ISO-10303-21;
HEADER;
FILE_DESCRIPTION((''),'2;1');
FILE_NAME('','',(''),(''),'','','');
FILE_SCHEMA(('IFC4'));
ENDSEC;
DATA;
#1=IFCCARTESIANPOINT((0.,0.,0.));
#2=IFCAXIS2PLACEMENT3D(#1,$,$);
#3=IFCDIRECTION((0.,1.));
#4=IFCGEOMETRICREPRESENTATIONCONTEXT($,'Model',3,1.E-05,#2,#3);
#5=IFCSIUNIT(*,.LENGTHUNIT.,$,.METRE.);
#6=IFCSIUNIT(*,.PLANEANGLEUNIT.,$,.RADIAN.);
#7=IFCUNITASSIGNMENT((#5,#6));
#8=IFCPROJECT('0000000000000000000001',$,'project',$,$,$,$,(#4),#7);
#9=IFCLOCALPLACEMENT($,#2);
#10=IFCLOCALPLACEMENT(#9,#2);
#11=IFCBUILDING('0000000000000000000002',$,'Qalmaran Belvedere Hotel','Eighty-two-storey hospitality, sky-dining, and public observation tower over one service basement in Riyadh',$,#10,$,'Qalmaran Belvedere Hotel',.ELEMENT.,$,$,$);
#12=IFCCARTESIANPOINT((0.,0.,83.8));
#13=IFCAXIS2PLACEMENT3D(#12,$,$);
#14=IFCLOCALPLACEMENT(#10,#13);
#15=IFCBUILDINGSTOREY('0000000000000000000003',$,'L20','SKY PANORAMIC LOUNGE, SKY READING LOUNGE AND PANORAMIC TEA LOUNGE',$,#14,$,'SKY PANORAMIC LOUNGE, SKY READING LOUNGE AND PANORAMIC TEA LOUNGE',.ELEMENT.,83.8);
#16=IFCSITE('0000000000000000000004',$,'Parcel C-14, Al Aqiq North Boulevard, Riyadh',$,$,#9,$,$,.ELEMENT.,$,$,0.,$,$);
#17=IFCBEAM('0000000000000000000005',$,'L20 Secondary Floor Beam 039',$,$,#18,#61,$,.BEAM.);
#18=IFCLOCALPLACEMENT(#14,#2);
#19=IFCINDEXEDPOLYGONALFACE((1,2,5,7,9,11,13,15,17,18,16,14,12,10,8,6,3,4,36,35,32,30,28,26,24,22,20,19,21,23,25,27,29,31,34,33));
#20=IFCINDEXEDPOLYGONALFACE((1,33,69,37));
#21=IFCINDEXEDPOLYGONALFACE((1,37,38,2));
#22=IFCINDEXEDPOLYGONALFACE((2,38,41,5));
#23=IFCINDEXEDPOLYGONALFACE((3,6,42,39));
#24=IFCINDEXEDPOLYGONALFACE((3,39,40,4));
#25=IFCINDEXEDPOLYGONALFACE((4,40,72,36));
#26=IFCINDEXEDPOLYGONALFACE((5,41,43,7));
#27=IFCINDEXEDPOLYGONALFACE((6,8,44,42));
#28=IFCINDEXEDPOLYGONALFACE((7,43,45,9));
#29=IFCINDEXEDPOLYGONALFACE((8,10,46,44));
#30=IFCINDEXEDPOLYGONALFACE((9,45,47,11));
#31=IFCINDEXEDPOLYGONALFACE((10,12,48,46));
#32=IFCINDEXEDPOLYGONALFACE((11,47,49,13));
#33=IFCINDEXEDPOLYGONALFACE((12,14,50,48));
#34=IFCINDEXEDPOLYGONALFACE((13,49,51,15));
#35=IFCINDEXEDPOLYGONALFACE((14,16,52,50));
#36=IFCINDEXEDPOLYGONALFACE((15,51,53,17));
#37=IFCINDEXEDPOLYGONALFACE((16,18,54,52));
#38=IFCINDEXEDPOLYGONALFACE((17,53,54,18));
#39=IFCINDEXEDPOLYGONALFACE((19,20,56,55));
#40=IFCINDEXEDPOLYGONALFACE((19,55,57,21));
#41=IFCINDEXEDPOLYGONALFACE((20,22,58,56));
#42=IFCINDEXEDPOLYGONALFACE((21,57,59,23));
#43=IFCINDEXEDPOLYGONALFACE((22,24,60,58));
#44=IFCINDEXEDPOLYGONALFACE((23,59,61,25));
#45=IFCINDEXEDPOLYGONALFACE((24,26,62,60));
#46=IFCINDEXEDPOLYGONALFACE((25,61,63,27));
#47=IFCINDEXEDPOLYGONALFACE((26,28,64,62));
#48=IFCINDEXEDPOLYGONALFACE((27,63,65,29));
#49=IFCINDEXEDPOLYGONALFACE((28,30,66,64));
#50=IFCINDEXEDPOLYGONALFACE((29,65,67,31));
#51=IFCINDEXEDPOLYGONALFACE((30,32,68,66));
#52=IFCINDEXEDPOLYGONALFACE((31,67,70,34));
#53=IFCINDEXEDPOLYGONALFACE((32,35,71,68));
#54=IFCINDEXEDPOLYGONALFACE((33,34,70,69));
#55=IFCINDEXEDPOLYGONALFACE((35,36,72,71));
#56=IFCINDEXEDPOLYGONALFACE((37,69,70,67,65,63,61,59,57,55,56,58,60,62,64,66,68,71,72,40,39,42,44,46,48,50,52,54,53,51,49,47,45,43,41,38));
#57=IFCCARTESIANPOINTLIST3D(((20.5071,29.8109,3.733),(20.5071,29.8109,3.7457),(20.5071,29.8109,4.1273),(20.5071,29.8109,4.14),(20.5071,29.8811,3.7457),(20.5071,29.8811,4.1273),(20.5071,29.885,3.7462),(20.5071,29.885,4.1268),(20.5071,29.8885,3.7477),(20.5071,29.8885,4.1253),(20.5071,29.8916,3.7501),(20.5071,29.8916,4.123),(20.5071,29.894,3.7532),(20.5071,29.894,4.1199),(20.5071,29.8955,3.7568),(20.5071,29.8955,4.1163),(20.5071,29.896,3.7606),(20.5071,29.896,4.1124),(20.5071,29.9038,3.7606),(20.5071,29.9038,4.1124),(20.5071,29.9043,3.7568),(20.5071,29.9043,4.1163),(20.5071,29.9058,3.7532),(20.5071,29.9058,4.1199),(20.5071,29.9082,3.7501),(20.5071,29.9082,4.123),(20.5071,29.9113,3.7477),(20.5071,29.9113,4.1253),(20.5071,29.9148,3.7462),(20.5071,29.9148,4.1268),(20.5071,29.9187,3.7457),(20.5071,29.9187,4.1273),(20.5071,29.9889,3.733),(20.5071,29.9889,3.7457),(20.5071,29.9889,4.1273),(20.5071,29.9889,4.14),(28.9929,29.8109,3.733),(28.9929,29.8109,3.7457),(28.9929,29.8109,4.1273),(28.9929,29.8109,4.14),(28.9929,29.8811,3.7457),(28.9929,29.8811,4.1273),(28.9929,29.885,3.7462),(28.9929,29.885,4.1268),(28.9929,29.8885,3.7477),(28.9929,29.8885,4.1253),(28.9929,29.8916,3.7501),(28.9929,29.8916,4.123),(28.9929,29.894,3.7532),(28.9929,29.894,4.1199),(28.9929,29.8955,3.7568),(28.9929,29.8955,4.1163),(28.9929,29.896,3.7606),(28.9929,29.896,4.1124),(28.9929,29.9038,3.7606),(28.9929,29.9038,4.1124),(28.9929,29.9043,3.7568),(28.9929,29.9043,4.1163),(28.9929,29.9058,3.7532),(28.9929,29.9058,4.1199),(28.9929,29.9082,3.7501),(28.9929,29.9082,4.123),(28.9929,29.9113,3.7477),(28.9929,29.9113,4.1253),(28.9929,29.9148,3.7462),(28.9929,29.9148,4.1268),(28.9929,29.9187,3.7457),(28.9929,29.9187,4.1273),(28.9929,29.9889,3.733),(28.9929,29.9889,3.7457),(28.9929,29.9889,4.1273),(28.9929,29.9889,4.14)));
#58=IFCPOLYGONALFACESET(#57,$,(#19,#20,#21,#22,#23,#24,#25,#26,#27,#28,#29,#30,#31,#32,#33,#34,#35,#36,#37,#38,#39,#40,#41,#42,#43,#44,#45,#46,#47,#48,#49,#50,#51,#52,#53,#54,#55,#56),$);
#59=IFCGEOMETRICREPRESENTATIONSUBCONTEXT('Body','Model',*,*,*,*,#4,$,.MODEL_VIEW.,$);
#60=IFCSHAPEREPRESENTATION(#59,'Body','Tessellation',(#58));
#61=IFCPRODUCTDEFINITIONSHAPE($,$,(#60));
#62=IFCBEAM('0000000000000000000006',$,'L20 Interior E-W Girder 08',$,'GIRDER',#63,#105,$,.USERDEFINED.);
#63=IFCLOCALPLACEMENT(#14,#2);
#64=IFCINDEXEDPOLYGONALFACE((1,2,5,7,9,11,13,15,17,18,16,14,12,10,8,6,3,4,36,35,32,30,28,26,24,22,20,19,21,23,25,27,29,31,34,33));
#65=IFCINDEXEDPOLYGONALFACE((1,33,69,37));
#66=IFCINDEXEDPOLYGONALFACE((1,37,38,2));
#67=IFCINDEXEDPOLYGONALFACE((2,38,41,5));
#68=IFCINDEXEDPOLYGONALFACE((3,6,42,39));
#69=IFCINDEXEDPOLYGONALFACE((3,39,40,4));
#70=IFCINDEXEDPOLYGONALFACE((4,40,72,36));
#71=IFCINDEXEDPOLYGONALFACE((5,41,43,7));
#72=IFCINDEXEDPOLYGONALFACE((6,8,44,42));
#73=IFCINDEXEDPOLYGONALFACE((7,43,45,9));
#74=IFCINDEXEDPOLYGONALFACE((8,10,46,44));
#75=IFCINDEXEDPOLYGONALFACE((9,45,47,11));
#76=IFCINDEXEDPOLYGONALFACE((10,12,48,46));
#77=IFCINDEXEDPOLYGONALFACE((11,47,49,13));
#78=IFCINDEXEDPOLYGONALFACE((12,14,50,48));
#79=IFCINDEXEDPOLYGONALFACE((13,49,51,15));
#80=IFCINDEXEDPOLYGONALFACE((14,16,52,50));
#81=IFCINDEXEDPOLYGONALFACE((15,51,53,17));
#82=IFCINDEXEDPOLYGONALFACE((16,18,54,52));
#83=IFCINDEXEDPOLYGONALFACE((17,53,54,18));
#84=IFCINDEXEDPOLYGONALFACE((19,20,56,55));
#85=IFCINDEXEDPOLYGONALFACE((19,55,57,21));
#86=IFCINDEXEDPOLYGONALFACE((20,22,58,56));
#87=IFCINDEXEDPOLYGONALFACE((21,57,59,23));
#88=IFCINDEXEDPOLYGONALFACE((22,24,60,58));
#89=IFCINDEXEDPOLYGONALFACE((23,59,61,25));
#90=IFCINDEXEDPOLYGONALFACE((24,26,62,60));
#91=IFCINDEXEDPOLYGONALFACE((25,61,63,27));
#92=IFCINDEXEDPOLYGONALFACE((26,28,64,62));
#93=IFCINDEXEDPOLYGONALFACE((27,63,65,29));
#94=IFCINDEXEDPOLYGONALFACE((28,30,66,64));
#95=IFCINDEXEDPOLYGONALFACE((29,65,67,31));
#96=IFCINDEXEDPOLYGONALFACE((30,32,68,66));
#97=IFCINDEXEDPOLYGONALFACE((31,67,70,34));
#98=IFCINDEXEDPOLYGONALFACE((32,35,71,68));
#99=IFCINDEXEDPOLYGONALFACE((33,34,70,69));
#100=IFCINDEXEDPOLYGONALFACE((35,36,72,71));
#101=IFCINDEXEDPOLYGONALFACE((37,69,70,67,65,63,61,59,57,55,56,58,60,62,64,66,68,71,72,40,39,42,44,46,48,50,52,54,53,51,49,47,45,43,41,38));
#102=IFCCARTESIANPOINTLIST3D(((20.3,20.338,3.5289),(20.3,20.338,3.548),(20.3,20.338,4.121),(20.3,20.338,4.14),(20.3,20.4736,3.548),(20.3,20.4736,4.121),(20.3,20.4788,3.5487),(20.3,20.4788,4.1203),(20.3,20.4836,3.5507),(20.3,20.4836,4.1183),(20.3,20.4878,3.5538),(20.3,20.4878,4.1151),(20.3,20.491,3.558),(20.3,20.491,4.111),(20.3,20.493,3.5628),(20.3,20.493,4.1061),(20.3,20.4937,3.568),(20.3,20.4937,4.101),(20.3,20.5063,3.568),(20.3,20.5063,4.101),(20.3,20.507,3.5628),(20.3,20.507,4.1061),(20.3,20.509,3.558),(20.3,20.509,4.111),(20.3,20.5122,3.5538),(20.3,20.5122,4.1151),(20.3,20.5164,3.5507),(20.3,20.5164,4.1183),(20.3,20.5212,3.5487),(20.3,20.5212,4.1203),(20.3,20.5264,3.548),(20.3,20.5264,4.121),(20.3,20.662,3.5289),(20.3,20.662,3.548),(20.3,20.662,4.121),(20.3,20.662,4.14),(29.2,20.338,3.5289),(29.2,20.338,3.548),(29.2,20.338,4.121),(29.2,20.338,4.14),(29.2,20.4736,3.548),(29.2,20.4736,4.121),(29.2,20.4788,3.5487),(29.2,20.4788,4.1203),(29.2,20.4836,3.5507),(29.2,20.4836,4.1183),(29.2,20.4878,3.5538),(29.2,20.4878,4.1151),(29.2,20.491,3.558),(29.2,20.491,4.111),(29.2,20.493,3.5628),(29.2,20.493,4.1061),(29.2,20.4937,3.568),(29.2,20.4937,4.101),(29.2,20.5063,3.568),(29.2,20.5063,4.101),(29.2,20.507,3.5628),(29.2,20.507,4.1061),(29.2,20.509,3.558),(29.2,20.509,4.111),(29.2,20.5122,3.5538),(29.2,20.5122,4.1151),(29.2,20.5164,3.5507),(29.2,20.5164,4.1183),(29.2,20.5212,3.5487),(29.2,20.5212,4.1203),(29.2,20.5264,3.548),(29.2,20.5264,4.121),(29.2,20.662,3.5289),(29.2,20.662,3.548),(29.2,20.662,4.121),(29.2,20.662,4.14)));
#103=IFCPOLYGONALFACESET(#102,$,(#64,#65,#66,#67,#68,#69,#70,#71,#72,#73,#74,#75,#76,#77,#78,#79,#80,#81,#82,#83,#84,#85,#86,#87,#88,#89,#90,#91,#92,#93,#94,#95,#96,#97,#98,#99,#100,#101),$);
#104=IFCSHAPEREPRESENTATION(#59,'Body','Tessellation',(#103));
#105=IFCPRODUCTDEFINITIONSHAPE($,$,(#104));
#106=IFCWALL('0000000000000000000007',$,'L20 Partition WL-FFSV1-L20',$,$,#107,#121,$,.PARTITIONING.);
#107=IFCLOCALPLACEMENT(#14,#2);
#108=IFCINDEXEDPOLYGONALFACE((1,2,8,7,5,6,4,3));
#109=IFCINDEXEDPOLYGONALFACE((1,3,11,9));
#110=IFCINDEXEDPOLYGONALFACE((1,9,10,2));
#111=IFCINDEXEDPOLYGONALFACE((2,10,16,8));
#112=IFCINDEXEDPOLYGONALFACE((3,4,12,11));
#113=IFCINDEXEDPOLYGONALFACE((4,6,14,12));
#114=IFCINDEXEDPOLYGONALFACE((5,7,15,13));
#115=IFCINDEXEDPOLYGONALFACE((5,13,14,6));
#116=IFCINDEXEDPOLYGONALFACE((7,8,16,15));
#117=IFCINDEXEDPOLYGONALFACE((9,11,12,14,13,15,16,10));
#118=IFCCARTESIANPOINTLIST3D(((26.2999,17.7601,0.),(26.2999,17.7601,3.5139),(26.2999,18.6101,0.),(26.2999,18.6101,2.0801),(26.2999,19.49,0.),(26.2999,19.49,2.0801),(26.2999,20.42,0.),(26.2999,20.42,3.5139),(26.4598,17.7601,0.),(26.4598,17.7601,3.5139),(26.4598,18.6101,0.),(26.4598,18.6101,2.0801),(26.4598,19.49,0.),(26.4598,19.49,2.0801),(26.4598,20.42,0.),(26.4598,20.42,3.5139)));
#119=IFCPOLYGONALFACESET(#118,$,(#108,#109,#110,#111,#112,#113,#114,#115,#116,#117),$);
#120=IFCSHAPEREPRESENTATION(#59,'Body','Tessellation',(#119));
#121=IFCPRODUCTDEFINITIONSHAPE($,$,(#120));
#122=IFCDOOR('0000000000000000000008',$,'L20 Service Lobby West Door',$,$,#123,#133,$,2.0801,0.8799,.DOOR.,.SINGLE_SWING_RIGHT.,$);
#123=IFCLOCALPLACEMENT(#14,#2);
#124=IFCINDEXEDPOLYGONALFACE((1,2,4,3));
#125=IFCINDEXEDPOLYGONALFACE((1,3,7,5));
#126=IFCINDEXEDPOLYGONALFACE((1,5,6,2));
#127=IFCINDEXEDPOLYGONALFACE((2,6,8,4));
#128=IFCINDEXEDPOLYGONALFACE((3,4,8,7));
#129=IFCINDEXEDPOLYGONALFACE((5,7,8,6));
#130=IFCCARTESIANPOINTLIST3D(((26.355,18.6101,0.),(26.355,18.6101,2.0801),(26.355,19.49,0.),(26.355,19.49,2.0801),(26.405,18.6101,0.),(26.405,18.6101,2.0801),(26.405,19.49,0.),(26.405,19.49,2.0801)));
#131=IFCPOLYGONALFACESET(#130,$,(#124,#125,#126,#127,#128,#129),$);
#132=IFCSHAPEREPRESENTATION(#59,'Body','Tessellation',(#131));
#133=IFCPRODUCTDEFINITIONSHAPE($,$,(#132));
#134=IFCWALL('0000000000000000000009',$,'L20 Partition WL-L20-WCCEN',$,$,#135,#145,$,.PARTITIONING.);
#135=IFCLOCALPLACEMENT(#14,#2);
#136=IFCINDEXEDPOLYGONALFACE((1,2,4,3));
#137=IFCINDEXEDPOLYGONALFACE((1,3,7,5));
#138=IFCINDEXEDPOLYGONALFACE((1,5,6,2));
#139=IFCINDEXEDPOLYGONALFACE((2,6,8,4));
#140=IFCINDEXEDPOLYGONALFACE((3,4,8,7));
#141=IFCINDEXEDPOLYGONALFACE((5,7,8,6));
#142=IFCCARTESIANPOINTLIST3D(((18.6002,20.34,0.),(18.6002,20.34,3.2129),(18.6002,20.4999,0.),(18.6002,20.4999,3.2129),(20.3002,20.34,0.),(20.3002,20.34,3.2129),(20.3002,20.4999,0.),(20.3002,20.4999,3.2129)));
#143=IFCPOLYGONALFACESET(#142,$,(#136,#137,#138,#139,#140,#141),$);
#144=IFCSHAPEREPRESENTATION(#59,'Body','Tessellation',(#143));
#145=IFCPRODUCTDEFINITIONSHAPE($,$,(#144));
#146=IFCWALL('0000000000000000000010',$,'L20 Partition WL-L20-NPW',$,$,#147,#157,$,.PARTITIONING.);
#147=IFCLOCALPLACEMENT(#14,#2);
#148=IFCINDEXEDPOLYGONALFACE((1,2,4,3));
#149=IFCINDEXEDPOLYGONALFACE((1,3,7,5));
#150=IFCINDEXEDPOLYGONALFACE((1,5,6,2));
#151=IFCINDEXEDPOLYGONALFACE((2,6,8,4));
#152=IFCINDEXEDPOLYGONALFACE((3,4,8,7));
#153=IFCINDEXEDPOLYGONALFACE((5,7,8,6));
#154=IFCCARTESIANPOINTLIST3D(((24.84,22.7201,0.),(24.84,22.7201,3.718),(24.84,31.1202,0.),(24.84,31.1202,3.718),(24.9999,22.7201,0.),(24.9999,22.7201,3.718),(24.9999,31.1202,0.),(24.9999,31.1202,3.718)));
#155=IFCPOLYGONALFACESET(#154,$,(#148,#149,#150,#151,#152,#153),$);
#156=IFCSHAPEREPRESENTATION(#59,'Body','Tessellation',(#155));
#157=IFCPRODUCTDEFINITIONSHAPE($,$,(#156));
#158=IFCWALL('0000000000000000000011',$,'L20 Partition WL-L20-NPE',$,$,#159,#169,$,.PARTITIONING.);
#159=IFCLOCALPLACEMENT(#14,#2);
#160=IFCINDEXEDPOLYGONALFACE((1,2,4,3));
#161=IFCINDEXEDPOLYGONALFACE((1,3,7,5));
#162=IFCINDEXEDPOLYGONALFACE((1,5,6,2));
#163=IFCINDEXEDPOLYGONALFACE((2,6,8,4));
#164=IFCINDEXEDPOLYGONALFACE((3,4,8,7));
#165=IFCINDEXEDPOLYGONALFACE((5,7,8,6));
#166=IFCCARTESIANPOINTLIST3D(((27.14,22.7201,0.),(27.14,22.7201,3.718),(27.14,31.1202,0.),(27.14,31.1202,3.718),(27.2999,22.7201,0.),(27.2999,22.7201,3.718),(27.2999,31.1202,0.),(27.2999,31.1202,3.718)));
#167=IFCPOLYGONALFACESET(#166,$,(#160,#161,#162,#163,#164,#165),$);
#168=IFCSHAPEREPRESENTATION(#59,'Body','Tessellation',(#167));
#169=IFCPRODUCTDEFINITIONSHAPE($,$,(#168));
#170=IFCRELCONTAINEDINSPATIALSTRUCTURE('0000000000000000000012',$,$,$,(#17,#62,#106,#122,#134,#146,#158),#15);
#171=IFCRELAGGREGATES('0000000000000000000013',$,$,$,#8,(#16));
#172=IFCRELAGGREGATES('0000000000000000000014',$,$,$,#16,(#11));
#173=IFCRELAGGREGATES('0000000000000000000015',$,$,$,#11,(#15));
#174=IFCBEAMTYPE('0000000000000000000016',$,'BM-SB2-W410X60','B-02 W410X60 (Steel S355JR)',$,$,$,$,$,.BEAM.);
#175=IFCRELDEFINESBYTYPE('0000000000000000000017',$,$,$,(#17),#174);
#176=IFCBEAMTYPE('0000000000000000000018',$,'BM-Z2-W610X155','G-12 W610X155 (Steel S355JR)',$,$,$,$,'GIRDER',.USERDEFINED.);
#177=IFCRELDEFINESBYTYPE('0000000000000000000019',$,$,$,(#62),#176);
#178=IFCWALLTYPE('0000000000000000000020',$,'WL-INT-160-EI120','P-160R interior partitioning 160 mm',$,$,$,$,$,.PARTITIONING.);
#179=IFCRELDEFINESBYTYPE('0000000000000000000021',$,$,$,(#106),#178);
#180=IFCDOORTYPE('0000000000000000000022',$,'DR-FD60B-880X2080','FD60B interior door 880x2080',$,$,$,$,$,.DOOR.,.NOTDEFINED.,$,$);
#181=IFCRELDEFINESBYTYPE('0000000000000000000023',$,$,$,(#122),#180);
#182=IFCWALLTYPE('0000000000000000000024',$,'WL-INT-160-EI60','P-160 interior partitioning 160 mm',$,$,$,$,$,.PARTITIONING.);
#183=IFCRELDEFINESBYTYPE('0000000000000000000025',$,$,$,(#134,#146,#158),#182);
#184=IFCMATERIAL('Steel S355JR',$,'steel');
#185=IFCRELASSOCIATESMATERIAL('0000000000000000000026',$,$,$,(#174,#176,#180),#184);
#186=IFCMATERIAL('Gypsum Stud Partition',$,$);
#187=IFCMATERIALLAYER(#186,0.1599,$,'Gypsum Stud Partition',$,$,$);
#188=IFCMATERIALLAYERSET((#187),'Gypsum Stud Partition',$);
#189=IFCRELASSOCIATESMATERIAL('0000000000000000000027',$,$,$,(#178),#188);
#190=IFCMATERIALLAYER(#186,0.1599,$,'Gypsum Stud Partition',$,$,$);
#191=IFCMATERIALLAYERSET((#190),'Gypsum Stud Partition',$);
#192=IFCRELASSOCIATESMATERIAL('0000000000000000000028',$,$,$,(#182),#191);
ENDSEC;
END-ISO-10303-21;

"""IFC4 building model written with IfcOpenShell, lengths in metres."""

from ifc_helpers import new_model, si_unit, direction, frame, frame_2d, origin, origin_2d, place, context, subcontext, project, spatial, rectangle, i_section, extrude, material, layer, layer_set, material_profile, profile_set, type_object, element, fill, save


model = new_model("IFC4")

# Units and contexts
model_context = context("Model", 3, precision=1e-05, world=origin(), true_north=direction((0.0, 1.0)))
body_context = subcontext(model_context, "Body", "Model", "MODEL_VIEW")
ifc_project = project(units=[si_unit("LENGTHUNIT", "METRE"), si_unit("PLANEANGLEUNIT", "RADIAN")], contexts=[model_context])

# Site, building, storey
site_placement = place(None, origin())
site = spatial("IfcSite", under=ifc_project, at=site_placement, Name="Parcel C-14, Al Aqiq North Boulevard, Riyadh", CompositionType="ELEMENT", RefElevation=0.0)
building_placement = place(site_placement, origin())
building = spatial("IfcBuilding", under=site, at=building_placement, Name="Qalmaran Belvedere Hotel", Description="Eighty-two-storey hospitality, sky-dining, and public observation tower over one service basement in Riyadh", LongName="Qalmaran Belvedere Hotel", CompositionType="ELEMENT")
storey_placement = place(building_placement, frame((0.0, 0.0, 83.8)))
storey = spatial("IfcBuildingStorey", under=building, at=storey_placement, Name="L20", Description="SKY PANORAMIC LOUNGE, SKY READING LOUNGE AND PANORAMIC TEA LOUNGE", LongName="SKY PANORAMIC LOUNGE, SKY READING LOUNGE AND PANORAMIC TEA LOUNGE", CompositionType="ELEMENT", Elevation=83.8)

# Beams
ifc_material_1 = material(Name="Steel S355JR", Category="steel")
ifc_material_profile_1 = material_profile(ifc_material_1, i_section(OverallWidth=0.178, OverallDepth=0.407, WebThickness=0.0078, FlangeThickness=0.0127, FilletRadius=0.0149, at=origin_2d()), Name="W410X60")
ifc_profile_set_1 = profile_set([ifc_material_profile_1], Name="Steel S355JR")
beam_type_1 = type_object("IfcBeamType", Name="BM-SB2-W410X60", Description="B-02 W410X60 (Steel S355JR)", PredefinedType="BEAM", material=ifc_profile_set_1)
for number, where, z_axis, x_axis, name in (
    (1, (20.5071, 29.8999, 3.9365), (1.0, 0.0, 0.0), (0.0, 1.0, 0.0), "L20 Secondary Floor Beam 039"),
):
    element("IfcBeam", number, at=place(storey_placement, frame(where, z_axis=z_axis, x_axis=x_axis)), inside=storey, type_object=beam_type_1, Name=name, PredefinedType="BEAM", context=body_context, shape_type="SweptSolid", body=[
        extrude(i_section(OverallWidth=0.178, OverallDepth=0.407, WebThickness=0.0078, FlangeThickness=0.0127, FilletRadius=0.0149, at=origin_2d()), origin(), (0.0, 0.0, 1.0), 8.4858),
    ])
ifc_material_profile_2 = material_profile(ifc_material_1, i_section(OverallWidth=0.324, OverallDepth=0.6111, WebThickness=0.0127, FlangeThickness=0.019, FilletRadius=0.02, at=origin_2d()), Name="W610X155")
ifc_profile_set_2 = profile_set([ifc_material_profile_2], Name="Steel S355JR")
beam_type_2 = type_object("IfcBeamType", Name="BM-Z2-W610X155", Description="G-12 W610X155 (Steel S355JR)", ElementType="GIRDER", PredefinedType="USERDEFINED", material=ifc_profile_set_2)
beam_1_placement = place(storey_placement, frame((20.3, 20.5, 3.8345), z_axis=(1.0, 0.0, 0.0), x_axis=(0.0, 1.0, 0.0)))
element("IfcBeam", 2, at=beam_1_placement, inside=storey, type_object=beam_type_2, Name="L20 Interior E-W Girder 08", ObjectType="GIRDER", PredefinedType="USERDEFINED", context=body_context, shape_type="SweptSolid", body=[
    extrude(i_section(OverallWidth=0.324, OverallDepth=0.6111, WebThickness=0.0127, FlangeThickness=0.019, FilletRadius=0.02, at=origin_2d()), origin(), (0.0, 0.0, 1.0), 8.8999),
])

# Wall, opening, door
ifc_material_2 = material(Name="Gypsum Stud Partition")
ifc_layer_1 = layer(ifc_material_2, 0.1599, Name="Gypsum Stud Partition")
ifc_layer_set_1 = layer_set([ifc_layer_1], Name="Gypsum Stud Partition")
wall_type_1 = type_object("IfcWallType", Name="WL-INT-160-EI120", Description="P-160R interior partitioning 160 mm", PredefinedType="PARTITIONING", material=ifc_layer_set_1)
wall_1_placement = place(storey_placement, frame((26.3799, 17.76, 0.0), z_axis=(0.0, 0.0, 1.0), x_axis=(0.0, 1.0, 0.0)))
wall_1 = element("IfcWall", 3, at=wall_1_placement, inside=storey, type_object=wall_type_1, Name="L20 Partition WL-FFSV1-L20", PredefinedType="PARTITIONING", context=body_context, shape_type="SweptSolid", body=[
    extrude(rectangle(XDim=2.6599, YDim=0.1599, at=frame_2d((1.3301, 0.0))), origin(), (0.0, 0.0, 1.0), 3.5139),
])
opening_1_placement = place(wall_1_placement, frame((0.8501, 0.0, 0.0)))
opening_1 = element("IfcOpeningElement", 4, at=opening_1_placement, cuts=wall_1, PredefinedType="OPENING", context=body_context, shape_type="SweptSolid", body=[
    extrude(rectangle(XDim=0.8799, YDim=2.0801, at=frame_2d((0.4399, 1.04))), frame((0.0, 0.0898, 0.0), z_axis=(0.0, -1.0, 0.0), x_axis=(1.0, 0.0, 0.0)), (0.0, 0.0, 1.0), 0.1799),
])
door_type_1 = type_object("IfcDoorType", Name="DR-FD60B-880X2080", Description="FD60B interior door 880x2080", OperationType="NOTDEFINED", PredefinedType="DOOR", material=ifc_material_1)
door_1_placement = place(opening_1_placement, origin())
door_1 = element("IfcDoor", 5, at=door_1_placement, inside=storey, type_object=door_type_1, Name="L20 Service Lobby West Door", OperationType="SINGLE_SWING_RIGHT", OverallHeight=2.0801, OverallWidth=0.8799, PredefinedType="DOOR", context=body_context, shape_type="SweptSolid", body=[
    extrude(rectangle(XDim=0.8799, YDim=2.0801, at=frame_2d((0.4399, 1.04))), frame((0.0, 0.0249, 0.0), z_axis=(0.0, -1.0, 0.0), x_axis=(1.0, 0.0, 0.0)), (0.0, 0.0, 1.0), 0.05),
])
fill(opening_1, door_1)

# Walls
ifc_layer_2 = layer(ifc_material_2, 0.1599, Name="Gypsum Stud Partition")
ifc_layer_set_2 = layer_set([ifc_layer_2], Name="Gypsum Stud Partition")
wall_type_2 = type_object("IfcWallType", Name="WL-INT-160-EI60", Description="P-160 interior partitioning 160 mm", PredefinedType="PARTITIONING", material=ifc_layer_set_2)
wall_2_placement = place(storey_placement, frame((18.6001, 20.4199, 0.0), z_axis=(0.0, 0.0, 1.0), x_axis=(1.0, 0.0, 0.0)))
element("IfcWall", 6, at=wall_2_placement, inside=storey, type_object=wall_type_2, Name="L20 Partition WL-L20-WCCEN", PredefinedType="PARTITIONING", context=body_context, shape_type="SweptSolid", body=[
    extrude(rectangle(XDim=1.7, YDim=0.1599, at=frame_2d((0.8501, 0.0))), origin(), (0.0, 0.0, 1.0), 3.2129),
])
for number, where, z_axis, x_axis, name in (
    (7, (24.9199, 22.72, 0.0), (0.0, 0.0, 1.0), (0.0, 1.0, 0.0), "L20 Partition WL-L20-NPW"),
    (8, (27.22, 22.72, 0.0), (0.0, 0.0, 1.0), (0.0, 1.0, 0.0), "L20 Partition WL-L20-NPE"),
):
    element("IfcWall", number, at=place(storey_placement, frame(where, z_axis=z_axis, x_axis=x_axis)), inside=storey, type_object=wall_type_2, Name=name, PredefinedType="PARTITIONING", context=body_context, shape_type="SweptSolid", body=[
        extrude(rectangle(XDim=8.4001, YDim=0.1599, at=frame_2d((4.2002, 0.0))), origin(), (0.0, 0.0, 1.0), 3.718),
    ])

save(model, "model.ifc")
